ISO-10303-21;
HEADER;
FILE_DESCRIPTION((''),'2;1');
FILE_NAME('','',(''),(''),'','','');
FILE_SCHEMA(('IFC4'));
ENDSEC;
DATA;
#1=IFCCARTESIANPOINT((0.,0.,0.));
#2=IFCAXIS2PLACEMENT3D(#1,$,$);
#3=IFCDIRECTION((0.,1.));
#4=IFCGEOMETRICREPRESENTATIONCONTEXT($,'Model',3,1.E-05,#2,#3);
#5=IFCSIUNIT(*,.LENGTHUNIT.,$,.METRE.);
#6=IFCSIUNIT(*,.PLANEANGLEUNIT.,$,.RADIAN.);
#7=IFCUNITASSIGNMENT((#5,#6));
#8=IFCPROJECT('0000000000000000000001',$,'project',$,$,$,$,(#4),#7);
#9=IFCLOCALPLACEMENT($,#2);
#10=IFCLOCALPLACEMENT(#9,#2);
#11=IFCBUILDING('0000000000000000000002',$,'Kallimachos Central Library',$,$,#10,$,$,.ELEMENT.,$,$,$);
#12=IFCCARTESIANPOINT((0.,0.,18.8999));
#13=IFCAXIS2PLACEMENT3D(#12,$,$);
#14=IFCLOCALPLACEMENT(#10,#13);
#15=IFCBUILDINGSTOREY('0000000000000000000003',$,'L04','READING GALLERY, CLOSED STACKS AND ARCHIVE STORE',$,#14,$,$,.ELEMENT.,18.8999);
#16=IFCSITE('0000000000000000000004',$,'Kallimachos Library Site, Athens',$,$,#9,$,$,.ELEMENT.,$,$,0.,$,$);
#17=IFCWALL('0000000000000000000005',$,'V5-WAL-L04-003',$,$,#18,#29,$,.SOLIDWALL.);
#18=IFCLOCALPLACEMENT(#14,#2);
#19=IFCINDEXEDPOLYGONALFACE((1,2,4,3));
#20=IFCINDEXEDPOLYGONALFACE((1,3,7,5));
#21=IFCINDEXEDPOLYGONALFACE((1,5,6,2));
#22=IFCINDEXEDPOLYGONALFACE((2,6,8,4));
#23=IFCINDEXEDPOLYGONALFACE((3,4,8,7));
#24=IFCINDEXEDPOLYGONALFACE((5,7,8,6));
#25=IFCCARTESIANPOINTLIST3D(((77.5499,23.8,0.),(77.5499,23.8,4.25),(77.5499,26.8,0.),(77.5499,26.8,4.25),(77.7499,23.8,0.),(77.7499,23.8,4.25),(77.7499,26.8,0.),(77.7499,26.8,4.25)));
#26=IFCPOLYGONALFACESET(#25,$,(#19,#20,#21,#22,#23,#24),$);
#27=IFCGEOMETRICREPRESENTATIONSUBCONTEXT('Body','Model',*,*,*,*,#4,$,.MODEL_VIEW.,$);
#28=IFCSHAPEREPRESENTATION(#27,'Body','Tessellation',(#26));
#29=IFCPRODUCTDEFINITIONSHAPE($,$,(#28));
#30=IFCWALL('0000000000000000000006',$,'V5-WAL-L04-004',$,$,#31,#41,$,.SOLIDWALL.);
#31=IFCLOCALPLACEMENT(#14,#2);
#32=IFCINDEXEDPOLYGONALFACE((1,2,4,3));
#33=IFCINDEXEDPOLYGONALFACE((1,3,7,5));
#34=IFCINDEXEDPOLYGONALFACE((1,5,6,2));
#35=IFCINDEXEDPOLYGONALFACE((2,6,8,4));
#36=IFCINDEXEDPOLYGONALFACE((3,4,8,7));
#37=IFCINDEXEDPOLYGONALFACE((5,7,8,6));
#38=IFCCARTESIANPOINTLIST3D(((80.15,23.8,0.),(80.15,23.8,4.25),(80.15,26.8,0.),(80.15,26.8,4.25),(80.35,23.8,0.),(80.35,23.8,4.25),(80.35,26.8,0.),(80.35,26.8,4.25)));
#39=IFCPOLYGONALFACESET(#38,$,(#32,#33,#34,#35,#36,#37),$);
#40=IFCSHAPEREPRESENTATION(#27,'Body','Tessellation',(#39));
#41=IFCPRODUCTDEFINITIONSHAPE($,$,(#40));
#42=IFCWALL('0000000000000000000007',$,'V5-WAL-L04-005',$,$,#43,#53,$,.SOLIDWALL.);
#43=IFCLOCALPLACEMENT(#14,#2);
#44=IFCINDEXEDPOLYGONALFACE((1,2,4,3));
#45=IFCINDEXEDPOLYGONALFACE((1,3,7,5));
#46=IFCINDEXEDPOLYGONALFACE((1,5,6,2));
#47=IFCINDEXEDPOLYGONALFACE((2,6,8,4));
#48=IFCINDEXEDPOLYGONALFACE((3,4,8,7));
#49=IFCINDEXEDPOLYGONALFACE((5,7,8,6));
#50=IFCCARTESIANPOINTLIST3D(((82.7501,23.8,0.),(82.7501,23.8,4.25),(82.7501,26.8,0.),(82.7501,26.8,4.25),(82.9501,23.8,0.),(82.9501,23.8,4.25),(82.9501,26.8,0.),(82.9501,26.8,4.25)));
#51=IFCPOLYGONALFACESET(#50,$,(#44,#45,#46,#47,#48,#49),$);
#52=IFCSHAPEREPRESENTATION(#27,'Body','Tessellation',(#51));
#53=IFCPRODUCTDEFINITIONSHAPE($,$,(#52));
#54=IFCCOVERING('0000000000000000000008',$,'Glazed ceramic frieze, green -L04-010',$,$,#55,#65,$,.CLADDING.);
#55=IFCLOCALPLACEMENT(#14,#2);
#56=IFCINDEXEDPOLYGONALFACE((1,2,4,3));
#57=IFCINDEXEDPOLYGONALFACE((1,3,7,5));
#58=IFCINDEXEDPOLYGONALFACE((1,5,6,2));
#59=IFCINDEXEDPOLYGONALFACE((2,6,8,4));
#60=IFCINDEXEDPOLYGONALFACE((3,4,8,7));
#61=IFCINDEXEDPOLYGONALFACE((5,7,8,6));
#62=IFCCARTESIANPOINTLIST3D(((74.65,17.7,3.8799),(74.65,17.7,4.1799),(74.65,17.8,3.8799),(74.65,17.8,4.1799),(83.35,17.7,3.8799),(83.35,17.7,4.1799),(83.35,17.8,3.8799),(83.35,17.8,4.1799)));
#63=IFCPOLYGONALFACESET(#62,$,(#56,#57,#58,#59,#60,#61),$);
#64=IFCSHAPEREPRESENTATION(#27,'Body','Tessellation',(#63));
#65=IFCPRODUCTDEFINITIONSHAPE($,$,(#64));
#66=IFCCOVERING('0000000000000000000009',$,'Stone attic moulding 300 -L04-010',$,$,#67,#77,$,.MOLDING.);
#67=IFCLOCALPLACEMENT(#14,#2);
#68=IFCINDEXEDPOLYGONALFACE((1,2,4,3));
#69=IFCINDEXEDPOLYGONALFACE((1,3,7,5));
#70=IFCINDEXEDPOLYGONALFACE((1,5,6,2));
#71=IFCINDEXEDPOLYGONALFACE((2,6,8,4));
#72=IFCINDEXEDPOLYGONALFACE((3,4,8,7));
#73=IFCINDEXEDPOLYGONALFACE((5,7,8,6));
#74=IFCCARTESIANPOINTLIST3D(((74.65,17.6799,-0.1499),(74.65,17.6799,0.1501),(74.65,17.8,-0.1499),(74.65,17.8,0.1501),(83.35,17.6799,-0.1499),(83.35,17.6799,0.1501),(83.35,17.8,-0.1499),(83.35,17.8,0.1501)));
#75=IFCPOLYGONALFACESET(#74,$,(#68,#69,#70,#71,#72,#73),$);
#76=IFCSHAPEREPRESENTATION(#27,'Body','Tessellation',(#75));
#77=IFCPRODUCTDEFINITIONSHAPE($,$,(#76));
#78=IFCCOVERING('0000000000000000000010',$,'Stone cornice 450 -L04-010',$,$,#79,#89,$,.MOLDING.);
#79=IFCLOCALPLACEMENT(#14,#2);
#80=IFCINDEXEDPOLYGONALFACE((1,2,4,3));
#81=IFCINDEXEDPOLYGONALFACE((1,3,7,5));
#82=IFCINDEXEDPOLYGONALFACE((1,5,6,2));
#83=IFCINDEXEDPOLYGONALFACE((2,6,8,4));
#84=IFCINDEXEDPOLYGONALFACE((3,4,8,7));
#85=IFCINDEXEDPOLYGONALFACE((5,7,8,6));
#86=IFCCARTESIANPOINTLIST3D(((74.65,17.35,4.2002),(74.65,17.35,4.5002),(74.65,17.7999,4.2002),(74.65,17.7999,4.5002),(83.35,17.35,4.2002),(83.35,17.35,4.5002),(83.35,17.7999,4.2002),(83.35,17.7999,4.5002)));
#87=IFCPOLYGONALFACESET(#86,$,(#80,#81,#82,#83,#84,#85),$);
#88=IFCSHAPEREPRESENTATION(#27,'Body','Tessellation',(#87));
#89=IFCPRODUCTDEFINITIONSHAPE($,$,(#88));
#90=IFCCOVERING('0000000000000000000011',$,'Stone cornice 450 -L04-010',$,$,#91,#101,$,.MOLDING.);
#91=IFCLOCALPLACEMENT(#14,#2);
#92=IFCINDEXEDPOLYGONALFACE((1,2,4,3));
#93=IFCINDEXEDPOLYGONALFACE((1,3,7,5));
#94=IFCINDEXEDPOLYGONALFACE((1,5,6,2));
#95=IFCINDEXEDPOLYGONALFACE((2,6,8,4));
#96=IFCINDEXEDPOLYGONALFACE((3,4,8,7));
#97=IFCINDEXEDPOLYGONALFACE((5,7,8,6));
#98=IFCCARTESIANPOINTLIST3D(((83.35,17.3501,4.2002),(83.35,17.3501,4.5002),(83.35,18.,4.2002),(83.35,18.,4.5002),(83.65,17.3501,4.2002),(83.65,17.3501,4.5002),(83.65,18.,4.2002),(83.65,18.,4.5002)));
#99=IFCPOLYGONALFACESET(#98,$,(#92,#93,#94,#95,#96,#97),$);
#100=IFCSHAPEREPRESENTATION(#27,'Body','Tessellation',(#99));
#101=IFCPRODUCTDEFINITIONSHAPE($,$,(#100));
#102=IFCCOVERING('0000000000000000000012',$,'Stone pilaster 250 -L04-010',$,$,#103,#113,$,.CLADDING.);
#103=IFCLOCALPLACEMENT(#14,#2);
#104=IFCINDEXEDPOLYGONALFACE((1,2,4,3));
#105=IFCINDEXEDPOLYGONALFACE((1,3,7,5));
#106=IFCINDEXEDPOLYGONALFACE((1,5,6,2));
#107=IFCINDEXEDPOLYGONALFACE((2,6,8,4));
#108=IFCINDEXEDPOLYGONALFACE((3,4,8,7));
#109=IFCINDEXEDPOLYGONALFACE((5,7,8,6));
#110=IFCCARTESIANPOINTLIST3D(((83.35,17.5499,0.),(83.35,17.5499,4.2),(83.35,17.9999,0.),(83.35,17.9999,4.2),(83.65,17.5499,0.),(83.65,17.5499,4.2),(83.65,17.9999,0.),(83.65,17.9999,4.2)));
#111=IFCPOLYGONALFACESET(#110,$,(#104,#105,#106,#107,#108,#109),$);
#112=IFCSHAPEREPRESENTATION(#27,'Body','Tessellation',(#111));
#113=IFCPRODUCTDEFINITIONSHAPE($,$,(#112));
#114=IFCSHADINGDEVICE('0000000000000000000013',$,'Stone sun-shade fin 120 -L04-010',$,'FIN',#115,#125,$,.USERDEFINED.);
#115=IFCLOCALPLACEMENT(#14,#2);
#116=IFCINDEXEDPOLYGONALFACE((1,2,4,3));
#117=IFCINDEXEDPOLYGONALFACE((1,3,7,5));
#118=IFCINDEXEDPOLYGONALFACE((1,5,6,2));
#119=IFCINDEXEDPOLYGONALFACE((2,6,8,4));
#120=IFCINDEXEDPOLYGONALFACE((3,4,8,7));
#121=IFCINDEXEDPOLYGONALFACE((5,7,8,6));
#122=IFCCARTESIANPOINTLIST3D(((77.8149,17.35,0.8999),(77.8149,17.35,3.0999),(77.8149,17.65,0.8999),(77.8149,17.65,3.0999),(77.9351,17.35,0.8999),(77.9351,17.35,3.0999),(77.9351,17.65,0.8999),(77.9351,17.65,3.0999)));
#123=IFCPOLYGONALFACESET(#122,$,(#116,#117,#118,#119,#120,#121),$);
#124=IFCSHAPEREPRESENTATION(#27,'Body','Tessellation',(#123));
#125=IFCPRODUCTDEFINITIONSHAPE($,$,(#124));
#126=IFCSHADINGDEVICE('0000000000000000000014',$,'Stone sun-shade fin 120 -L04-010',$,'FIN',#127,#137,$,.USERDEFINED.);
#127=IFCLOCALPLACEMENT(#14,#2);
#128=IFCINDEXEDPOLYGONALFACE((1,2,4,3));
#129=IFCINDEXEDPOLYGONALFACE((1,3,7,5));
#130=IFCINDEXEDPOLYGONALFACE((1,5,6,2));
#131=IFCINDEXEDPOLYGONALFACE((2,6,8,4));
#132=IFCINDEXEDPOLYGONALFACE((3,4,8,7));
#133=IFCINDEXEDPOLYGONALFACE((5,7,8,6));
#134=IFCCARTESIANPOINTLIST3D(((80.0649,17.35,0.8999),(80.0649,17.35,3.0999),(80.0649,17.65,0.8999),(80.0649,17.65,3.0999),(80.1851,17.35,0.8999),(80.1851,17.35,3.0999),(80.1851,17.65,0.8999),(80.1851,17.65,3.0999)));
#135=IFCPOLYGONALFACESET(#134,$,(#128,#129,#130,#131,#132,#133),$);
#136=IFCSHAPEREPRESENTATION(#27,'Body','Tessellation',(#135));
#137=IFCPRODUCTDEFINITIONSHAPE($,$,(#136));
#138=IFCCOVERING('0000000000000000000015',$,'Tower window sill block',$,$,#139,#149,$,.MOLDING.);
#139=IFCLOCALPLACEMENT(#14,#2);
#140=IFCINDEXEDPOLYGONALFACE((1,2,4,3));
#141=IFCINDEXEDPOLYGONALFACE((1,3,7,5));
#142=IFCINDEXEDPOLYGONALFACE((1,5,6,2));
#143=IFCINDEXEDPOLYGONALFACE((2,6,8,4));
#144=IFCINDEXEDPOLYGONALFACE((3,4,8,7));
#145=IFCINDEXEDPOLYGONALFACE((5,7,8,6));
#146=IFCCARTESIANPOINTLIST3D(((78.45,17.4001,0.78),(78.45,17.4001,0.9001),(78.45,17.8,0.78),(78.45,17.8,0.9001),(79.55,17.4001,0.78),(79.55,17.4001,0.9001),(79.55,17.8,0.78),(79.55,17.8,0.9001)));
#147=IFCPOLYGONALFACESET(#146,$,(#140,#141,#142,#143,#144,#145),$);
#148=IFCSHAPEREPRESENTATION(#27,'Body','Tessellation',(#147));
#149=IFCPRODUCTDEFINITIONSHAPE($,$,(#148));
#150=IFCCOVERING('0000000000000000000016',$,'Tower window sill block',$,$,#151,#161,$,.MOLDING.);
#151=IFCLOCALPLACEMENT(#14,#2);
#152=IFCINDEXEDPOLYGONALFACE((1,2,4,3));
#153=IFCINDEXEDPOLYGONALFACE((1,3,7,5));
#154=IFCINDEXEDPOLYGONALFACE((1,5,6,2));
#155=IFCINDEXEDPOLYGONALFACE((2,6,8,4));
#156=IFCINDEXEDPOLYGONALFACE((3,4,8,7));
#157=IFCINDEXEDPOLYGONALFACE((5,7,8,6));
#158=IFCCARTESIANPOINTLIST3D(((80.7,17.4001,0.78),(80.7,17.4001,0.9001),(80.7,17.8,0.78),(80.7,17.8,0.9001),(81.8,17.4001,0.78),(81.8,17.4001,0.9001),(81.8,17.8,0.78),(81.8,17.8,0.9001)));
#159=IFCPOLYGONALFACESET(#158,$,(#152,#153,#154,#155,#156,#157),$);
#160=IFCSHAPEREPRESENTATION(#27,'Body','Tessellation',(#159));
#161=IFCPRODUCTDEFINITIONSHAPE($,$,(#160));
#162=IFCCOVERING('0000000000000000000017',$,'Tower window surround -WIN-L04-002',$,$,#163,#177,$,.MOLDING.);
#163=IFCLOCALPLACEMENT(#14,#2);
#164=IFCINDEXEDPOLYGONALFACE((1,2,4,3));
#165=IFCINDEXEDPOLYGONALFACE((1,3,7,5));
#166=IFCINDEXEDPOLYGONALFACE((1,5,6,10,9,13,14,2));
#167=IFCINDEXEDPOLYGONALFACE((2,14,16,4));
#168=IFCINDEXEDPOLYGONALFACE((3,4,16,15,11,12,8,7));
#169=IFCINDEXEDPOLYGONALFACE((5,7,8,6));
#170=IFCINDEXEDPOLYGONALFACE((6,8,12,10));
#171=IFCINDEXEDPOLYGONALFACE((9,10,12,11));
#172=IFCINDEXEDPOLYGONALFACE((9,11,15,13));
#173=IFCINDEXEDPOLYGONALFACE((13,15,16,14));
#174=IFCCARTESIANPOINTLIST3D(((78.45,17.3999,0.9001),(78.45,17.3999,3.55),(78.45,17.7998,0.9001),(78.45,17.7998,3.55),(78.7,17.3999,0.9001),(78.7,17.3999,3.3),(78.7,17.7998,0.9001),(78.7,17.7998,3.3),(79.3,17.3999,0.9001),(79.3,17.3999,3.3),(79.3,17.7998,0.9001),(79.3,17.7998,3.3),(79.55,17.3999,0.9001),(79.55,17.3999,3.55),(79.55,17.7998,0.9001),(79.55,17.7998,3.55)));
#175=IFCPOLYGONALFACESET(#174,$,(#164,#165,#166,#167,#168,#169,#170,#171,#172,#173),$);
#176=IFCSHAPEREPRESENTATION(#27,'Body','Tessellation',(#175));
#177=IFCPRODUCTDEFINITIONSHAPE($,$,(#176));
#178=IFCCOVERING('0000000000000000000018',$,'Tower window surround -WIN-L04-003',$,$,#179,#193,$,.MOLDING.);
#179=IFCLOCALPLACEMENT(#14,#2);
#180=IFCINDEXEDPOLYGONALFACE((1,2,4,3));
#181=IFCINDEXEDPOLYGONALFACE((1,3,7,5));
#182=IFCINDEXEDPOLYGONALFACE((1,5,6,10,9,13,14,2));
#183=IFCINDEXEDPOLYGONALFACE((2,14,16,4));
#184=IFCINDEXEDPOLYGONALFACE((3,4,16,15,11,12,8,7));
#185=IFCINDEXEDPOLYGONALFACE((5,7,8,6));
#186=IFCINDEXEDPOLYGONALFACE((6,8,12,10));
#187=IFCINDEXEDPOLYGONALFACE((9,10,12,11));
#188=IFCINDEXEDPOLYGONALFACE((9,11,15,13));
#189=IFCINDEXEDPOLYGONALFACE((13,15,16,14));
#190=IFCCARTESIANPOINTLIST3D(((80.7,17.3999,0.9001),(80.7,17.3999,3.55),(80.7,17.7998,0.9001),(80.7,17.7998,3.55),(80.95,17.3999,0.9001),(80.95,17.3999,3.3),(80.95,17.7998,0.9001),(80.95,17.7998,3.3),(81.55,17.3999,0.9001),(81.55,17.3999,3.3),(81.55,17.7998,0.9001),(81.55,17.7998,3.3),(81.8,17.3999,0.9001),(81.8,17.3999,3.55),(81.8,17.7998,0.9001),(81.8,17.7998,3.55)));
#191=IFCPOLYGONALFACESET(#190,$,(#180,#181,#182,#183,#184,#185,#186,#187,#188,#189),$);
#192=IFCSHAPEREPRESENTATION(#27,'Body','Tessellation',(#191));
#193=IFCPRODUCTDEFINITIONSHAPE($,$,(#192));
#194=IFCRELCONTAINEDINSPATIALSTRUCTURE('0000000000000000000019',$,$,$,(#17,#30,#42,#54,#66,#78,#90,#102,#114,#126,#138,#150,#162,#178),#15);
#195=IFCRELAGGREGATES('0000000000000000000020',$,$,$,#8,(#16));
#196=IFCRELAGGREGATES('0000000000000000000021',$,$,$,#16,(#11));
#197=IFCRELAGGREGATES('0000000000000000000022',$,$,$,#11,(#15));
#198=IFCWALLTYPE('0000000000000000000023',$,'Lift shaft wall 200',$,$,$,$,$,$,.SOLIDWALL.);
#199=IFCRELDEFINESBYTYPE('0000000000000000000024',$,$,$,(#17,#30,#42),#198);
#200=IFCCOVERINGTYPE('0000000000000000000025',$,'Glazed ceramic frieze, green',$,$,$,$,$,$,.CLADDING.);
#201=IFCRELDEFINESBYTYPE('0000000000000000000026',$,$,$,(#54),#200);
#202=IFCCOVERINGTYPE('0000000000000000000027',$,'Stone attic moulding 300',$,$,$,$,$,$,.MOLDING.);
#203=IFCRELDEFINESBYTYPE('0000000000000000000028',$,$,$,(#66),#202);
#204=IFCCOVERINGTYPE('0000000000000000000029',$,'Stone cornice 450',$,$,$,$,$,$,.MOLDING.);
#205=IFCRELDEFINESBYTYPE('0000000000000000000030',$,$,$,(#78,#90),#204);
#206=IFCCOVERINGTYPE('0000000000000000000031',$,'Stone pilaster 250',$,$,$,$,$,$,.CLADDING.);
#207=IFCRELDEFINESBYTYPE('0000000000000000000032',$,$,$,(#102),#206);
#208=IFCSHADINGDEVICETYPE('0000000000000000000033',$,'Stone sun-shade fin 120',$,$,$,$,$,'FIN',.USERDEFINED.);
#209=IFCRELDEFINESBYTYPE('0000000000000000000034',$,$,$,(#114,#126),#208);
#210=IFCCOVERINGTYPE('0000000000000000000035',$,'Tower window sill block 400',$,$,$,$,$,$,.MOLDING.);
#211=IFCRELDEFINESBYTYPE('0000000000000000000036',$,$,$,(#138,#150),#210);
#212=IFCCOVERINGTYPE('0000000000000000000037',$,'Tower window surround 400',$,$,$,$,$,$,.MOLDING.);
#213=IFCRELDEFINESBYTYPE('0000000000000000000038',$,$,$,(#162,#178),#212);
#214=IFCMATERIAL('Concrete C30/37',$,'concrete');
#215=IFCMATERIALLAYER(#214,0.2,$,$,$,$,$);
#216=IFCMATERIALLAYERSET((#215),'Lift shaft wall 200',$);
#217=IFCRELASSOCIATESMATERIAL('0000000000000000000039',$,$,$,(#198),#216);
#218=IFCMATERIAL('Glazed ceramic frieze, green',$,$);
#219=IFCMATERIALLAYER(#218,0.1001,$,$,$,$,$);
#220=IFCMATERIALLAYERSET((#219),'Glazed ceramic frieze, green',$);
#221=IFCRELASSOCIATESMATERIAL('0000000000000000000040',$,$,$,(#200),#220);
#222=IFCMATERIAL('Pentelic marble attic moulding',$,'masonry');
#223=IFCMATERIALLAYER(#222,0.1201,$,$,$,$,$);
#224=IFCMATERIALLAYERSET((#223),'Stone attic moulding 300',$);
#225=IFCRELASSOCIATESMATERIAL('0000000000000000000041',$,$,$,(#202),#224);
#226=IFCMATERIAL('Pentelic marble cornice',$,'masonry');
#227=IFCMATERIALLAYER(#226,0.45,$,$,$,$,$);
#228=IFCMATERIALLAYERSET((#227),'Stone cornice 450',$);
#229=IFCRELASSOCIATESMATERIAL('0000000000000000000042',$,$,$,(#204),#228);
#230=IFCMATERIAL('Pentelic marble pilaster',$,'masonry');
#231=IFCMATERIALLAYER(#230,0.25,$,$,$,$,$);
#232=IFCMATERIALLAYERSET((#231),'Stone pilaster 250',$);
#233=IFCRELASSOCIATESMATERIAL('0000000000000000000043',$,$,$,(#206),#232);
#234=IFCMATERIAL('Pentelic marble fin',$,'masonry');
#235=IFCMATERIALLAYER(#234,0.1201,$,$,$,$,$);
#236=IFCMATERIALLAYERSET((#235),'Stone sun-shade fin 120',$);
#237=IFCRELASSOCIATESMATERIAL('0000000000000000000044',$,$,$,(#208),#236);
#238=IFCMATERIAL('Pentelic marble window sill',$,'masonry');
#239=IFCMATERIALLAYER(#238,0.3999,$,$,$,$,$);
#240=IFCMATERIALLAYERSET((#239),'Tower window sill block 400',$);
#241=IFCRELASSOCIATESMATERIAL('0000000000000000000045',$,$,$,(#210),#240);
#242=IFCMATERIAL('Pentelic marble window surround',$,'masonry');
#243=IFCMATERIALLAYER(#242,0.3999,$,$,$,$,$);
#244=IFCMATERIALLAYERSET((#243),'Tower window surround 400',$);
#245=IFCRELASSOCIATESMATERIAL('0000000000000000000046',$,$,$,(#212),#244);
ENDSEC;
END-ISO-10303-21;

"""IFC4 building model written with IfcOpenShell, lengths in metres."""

from ifc_helpers import new_model, si_unit, direction, frame, frame_2d, origin, origin_2d, place, context, subcontext, project, spatial, polyline, rectangle, outline, extrude, material, layer, layer_set, type_object, element, save


model = new_model("IFC4")

# Units and contexts
model_context = context("Model", 3, precision=1e-05, world=origin(), true_north=direction((0.0, 1.0)))
body_context = subcontext(model_context, "Body", "Model", "MODEL_VIEW")
ifc_project = project(units=[si_unit("LENGTHUNIT", "METRE"), si_unit("PLANEANGLEUNIT", "RADIAN")], contexts=[model_context])

# Site, building, storey
site_placement = place(None, origin())
site = spatial("IfcSite", under=ifc_project, at=site_placement, Name="Kallimachos Library Site, Athens", CompositionType="ELEMENT", RefElevation=0.0)
building_placement = place(site_placement, origin())
building = spatial("IfcBuilding", under=site, at=building_placement, Name="Kallimachos Central Library", CompositionType="ELEMENT")
storey_placement = place(building_placement, frame((0.0, 0.0, 18.8999)))
storey = spatial("IfcBuildingStorey", under=building, at=storey_placement, Name="L04", Description="READING GALLERY, CLOSED STACKS AND ARCHIVE STORE", CompositionType="ELEMENT", Elevation=18.8999)

# Walls
ifc_material_1 = material(Name="Concrete C30/37", Category="concrete")
ifc_layer_1 = layer(ifc_material_1, 0.2)
ifc_layer_set_1 = layer_set([ifc_layer_1], Name="Lift shaft wall 200")
wall_type_1 = type_object("IfcWallType", Name="Lift shaft wall 200", PredefinedType="SOLIDWALL", material=ifc_layer_set_1)
for number, where, z_axis, x_axis, name in (
    (1, (77.6499, 23.8, 0.0), (0.0, 0.0, 1.0), (0.0, 1.0, 0.0), "V5-WAL-L04-003"),
    (2, (80.25, 23.8, 0.0), (0.0, 0.0, 1.0), (0.0, 1.0, 0.0), "V5-WAL-L04-004"),
    (3, (82.8501, 23.8, 0.0), (0.0, 0.0, 1.0), (0.0, 1.0, 0.0), "V5-WAL-L04-005"),
):
    element("IfcWall", number, at=place(storey_placement, frame(where, z_axis=z_axis, x_axis=x_axis)), inside=storey, type_object=wall_type_1, Name=name, PredefinedType="SOLIDWALL", context=body_context, shape_type="SweptSolid", body=[
        extrude(rectangle(XDim=3.0, YDim=0.2, at=frame_2d((1.5, 0.0))), origin(), (0.0, 0.0, 1.0), 4.25),
    ])

# Coverings
ifc_material_2 = material(Name="Glazed ceramic frieze, green")
ifc_layer_2 = layer(ifc_material_2, 0.1001)
ifc_layer_set_2 = layer_set([ifc_layer_2], Name="Glazed ceramic frieze, green")
covering_type_1 = type_object("IfcCoveringType", Name="Glazed ceramic frieze, green", PredefinedType="CLADDING", material=ifc_layer_set_2)
covering_1_placement = place(storey_placement, frame((79.0, 17.75, 3.8799), z_axis=(0.0, 0.0, 1.0), x_axis=(1.0, 0.0, 0.0)))
element("IfcCovering", 4, at=covering_1_placement, inside=storey, type_object=covering_type_1, Name="Glazed ceramic frieze, green -L04-010", PredefinedType="CLADDING", context=body_context, shape_type="SweptSolid", body=[
    extrude(rectangle(XDim=8.7, YDim=0.1001, at=origin_2d()), origin(), (0.0, 0.0, 1.0), 0.3),
])
ifc_material_3 = material(Name="Pentelic marble attic moulding", Category="masonry")
ifc_layer_3 = layer(ifc_material_3, 0.1201)
ifc_layer_set_3 = layer_set([ifc_layer_3], Name="Stone attic moulding 300")
covering_type_2 = type_object("IfcCoveringType", Name="Stone attic moulding 300", PredefinedType="MOLDING", material=ifc_layer_set_3)
covering_2_placement = place(storey_placement, frame((79.0, 17.74, -0.1499), z_axis=(0.0, 0.0, 1.0), x_axis=(1.0, 0.0, 0.0)))
element("IfcCovering", 5, at=covering_2_placement, inside=storey, type_object=covering_type_2, Name="Stone attic moulding 300 -L04-010", PredefinedType="MOLDING", context=body_context, shape_type="SweptSolid", body=[
    extrude(rectangle(XDim=8.7, YDim=0.1201, at=origin_2d()), origin(), (0.0, 0.0, 1.0), 0.3),
])
ifc_material_4 = material(Name="Pentelic marble cornice", Category="masonry")
ifc_layer_4 = layer(ifc_material_4, 0.45)
ifc_layer_set_4 = layer_set([ifc_layer_4], Name="Stone cornice 450")
covering_type_3 = type_object("IfcCoveringType", Name="Stone cornice 450", PredefinedType="MOLDING", material=ifc_layer_set_4)
covering_3_placement = place(storey_placement, frame((79.0, 17.575, 4.2002), z_axis=(0.0, 0.0, 1.0), x_axis=(1.0, 0.0, 0.0)))
element("IfcCovering", 6, at=covering_3_placement, inside=storey, type_object=covering_type_3, Name="Stone cornice 450 -L04-010", PredefinedType="MOLDING", context=body_context, shape_type="SweptSolid", body=[
    extrude(rectangle(XDim=8.7, YDim=0.45, at=origin_2d()), origin(), (0.0, 0.0, 1.0), 0.3),
])
covering_4_placement = place(storey_placement, frame((83.5, 17.675, 4.2002), z_axis=(0.0, 0.0, 1.0), x_axis=(1.0, 0.0, 0.0)))
element("IfcCovering", 7, at=covering_4_placement, inside=storey, type_object=covering_type_3, Name="Stone cornice 450 -L04-010", PredefinedType="MOLDING", context=body_context, shape_type="SweptSolid", body=[
    extrude(rectangle(XDim=0.3, YDim=0.6499, at=origin_2d()), origin(), (0.0, 0.0, 1.0), 0.3),
])
ifc_material_5 = material(Name="Pentelic marble pilaster", Category="masonry")
ifc_layer_5 = layer(ifc_material_5, 0.25)
ifc_layer_set_5 = layer_set([ifc_layer_5], Name="Stone pilaster 250")
covering_type_4 = type_object("IfcCoveringType", Name="Stone pilaster 250", PredefinedType="CLADDING", material=ifc_layer_set_5)
covering_5_placement = place(storey_placement, frame((83.5, 17.7749, 0.0), z_axis=(0.0, 0.0, 1.0), x_axis=(1.0, 0.0, 0.0)))
element("IfcCovering", 8, at=covering_5_placement, inside=storey, type_object=covering_type_4, Name="Stone pilaster 250 -L04-010", PredefinedType="CLADDING", context=body_context, shape_type="SweptSolid", body=[
    extrude(rectangle(XDim=0.3, YDim=0.45, at=origin_2d()), origin(), (0.0, 0.0, 1.0), 4.2),
])

# Shading devices
ifc_material_6 = material(Name="Pentelic marble fin", Category="masonry")
ifc_layer_6 = layer(ifc_material_6, 0.1201)
ifc_layer_set_6 = layer_set([ifc_layer_6], Name="Stone sun-shade fin 120")
shading_device_type = type_object("IfcShadingDeviceType", Name="Stone sun-shade fin 120", ElementType="FIN", PredefinedType="USERDEFINED", material=ifc_layer_set_6)
for number, where, z_axis, x_axis, name in (
    (9, (77.875, 17.5, 0.8999), (0.0, 0.0, 1.0), (1.0, 0.0, 0.0), "Stone sun-shade fin 120 -L04-010"),
    (10, (80.125, 17.5, 0.8999), (0.0, 0.0, 1.0), (1.0, 0.0, 0.0), "Stone sun-shade fin 120 -L04-010"),
):
    element("IfcShadingDevice", number, at=place(storey_placement, frame(where, z_axis=z_axis, x_axis=x_axis)), inside=storey, type_object=shading_device_type, Name=name, ObjectType="FIN", PredefinedType="USERDEFINED", context=body_context, shape_type="SweptSolid", body=[
        extrude(rectangle(XDim=0.1201, YDim=0.3, at=origin_2d()), origin(), (0.0, 0.0, 1.0), 2.2),
    ])

# Coverings
ifc_material_7 = material(Name="Pentelic marble window sill", Category="masonry")
ifc_layer_7 = layer(ifc_material_7, 0.3999)
ifc_layer_set_7 = layer_set([ifc_layer_7], Name="Tower window sill block 400")
covering_type_5 = type_object("IfcCoveringType", Name="Tower window sill block 400", PredefinedType="MOLDING", material=ifc_layer_set_7)
for number, where, z_axis, x_axis, name in (
    (11, (79.0, 17.6001, 0.78), (0.0, 0.0, 1.0), (1.0, 0.0, 0.0), "Tower window sill block"),
    (12, (81.25, 17.6001, 0.78), (0.0, 0.0, 1.0), (1.0, 0.0, 0.0), "Tower window sill block"),
):
    element("IfcCovering", number, at=place(storey_placement, frame(where, z_axis=z_axis, x_axis=x_axis)), inside=storey, type_object=covering_type_5, Name=name, PredefinedType="MOLDING", context=body_context, shape_type="SweptSolid", body=[
        extrude(rectangle(XDim=1.1001, YDim=0.3999, at=origin_2d()), origin(), (0.0, 0.0, 1.0), 0.1201),
    ])
ifc_material_8 = material(Name="Pentelic marble window surround", Category="masonry")
ifc_layer_8 = layer(ifc_material_8, 0.3999)
ifc_layer_set_8 = layer_set([ifc_layer_8], Name="Tower window surround 400")
covering_type_6 = type_object("IfcCoveringType", Name="Tower window surround 400", PredefinedType="MOLDING", material=ifc_layer_set_8)
for number, where, z_axis, x_axis, name in (
    (13, (78.7, 17.3999, 0.9001), (0.0, -1.0, 0.0), (0.0, 0.0, 1.0), "Tower window surround -WIN-L04-002"),
    (14, (80.95, 17.3999, 0.9001), (0.0, -1.0, 0.0), (0.0, 0.0, 1.0), "Tower window surround -WIN-L04-003"),
):
    element("IfcCovering", number, at=place(storey_placement, frame(where, z_axis=z_axis, x_axis=x_axis)), inside=storey, type_object=covering_type_6, Name=name, PredefinedType="MOLDING", context=body_context, shape_type="SweptSolid", body=[
        extrude(outline(polyline([(0.0, 0.0), (2.3999, 0.0), (2.3999, -0.6001), (0.0, -0.6001), (0.0, -0.8501), (2.6499, -0.8501), (2.6499, 0.25), (0.0, 0.25), (0.0, 0.0)])), origin(), (0.0, 0.0, -1.0), 0.3999),
    ])

save(model, "model.ifc")
